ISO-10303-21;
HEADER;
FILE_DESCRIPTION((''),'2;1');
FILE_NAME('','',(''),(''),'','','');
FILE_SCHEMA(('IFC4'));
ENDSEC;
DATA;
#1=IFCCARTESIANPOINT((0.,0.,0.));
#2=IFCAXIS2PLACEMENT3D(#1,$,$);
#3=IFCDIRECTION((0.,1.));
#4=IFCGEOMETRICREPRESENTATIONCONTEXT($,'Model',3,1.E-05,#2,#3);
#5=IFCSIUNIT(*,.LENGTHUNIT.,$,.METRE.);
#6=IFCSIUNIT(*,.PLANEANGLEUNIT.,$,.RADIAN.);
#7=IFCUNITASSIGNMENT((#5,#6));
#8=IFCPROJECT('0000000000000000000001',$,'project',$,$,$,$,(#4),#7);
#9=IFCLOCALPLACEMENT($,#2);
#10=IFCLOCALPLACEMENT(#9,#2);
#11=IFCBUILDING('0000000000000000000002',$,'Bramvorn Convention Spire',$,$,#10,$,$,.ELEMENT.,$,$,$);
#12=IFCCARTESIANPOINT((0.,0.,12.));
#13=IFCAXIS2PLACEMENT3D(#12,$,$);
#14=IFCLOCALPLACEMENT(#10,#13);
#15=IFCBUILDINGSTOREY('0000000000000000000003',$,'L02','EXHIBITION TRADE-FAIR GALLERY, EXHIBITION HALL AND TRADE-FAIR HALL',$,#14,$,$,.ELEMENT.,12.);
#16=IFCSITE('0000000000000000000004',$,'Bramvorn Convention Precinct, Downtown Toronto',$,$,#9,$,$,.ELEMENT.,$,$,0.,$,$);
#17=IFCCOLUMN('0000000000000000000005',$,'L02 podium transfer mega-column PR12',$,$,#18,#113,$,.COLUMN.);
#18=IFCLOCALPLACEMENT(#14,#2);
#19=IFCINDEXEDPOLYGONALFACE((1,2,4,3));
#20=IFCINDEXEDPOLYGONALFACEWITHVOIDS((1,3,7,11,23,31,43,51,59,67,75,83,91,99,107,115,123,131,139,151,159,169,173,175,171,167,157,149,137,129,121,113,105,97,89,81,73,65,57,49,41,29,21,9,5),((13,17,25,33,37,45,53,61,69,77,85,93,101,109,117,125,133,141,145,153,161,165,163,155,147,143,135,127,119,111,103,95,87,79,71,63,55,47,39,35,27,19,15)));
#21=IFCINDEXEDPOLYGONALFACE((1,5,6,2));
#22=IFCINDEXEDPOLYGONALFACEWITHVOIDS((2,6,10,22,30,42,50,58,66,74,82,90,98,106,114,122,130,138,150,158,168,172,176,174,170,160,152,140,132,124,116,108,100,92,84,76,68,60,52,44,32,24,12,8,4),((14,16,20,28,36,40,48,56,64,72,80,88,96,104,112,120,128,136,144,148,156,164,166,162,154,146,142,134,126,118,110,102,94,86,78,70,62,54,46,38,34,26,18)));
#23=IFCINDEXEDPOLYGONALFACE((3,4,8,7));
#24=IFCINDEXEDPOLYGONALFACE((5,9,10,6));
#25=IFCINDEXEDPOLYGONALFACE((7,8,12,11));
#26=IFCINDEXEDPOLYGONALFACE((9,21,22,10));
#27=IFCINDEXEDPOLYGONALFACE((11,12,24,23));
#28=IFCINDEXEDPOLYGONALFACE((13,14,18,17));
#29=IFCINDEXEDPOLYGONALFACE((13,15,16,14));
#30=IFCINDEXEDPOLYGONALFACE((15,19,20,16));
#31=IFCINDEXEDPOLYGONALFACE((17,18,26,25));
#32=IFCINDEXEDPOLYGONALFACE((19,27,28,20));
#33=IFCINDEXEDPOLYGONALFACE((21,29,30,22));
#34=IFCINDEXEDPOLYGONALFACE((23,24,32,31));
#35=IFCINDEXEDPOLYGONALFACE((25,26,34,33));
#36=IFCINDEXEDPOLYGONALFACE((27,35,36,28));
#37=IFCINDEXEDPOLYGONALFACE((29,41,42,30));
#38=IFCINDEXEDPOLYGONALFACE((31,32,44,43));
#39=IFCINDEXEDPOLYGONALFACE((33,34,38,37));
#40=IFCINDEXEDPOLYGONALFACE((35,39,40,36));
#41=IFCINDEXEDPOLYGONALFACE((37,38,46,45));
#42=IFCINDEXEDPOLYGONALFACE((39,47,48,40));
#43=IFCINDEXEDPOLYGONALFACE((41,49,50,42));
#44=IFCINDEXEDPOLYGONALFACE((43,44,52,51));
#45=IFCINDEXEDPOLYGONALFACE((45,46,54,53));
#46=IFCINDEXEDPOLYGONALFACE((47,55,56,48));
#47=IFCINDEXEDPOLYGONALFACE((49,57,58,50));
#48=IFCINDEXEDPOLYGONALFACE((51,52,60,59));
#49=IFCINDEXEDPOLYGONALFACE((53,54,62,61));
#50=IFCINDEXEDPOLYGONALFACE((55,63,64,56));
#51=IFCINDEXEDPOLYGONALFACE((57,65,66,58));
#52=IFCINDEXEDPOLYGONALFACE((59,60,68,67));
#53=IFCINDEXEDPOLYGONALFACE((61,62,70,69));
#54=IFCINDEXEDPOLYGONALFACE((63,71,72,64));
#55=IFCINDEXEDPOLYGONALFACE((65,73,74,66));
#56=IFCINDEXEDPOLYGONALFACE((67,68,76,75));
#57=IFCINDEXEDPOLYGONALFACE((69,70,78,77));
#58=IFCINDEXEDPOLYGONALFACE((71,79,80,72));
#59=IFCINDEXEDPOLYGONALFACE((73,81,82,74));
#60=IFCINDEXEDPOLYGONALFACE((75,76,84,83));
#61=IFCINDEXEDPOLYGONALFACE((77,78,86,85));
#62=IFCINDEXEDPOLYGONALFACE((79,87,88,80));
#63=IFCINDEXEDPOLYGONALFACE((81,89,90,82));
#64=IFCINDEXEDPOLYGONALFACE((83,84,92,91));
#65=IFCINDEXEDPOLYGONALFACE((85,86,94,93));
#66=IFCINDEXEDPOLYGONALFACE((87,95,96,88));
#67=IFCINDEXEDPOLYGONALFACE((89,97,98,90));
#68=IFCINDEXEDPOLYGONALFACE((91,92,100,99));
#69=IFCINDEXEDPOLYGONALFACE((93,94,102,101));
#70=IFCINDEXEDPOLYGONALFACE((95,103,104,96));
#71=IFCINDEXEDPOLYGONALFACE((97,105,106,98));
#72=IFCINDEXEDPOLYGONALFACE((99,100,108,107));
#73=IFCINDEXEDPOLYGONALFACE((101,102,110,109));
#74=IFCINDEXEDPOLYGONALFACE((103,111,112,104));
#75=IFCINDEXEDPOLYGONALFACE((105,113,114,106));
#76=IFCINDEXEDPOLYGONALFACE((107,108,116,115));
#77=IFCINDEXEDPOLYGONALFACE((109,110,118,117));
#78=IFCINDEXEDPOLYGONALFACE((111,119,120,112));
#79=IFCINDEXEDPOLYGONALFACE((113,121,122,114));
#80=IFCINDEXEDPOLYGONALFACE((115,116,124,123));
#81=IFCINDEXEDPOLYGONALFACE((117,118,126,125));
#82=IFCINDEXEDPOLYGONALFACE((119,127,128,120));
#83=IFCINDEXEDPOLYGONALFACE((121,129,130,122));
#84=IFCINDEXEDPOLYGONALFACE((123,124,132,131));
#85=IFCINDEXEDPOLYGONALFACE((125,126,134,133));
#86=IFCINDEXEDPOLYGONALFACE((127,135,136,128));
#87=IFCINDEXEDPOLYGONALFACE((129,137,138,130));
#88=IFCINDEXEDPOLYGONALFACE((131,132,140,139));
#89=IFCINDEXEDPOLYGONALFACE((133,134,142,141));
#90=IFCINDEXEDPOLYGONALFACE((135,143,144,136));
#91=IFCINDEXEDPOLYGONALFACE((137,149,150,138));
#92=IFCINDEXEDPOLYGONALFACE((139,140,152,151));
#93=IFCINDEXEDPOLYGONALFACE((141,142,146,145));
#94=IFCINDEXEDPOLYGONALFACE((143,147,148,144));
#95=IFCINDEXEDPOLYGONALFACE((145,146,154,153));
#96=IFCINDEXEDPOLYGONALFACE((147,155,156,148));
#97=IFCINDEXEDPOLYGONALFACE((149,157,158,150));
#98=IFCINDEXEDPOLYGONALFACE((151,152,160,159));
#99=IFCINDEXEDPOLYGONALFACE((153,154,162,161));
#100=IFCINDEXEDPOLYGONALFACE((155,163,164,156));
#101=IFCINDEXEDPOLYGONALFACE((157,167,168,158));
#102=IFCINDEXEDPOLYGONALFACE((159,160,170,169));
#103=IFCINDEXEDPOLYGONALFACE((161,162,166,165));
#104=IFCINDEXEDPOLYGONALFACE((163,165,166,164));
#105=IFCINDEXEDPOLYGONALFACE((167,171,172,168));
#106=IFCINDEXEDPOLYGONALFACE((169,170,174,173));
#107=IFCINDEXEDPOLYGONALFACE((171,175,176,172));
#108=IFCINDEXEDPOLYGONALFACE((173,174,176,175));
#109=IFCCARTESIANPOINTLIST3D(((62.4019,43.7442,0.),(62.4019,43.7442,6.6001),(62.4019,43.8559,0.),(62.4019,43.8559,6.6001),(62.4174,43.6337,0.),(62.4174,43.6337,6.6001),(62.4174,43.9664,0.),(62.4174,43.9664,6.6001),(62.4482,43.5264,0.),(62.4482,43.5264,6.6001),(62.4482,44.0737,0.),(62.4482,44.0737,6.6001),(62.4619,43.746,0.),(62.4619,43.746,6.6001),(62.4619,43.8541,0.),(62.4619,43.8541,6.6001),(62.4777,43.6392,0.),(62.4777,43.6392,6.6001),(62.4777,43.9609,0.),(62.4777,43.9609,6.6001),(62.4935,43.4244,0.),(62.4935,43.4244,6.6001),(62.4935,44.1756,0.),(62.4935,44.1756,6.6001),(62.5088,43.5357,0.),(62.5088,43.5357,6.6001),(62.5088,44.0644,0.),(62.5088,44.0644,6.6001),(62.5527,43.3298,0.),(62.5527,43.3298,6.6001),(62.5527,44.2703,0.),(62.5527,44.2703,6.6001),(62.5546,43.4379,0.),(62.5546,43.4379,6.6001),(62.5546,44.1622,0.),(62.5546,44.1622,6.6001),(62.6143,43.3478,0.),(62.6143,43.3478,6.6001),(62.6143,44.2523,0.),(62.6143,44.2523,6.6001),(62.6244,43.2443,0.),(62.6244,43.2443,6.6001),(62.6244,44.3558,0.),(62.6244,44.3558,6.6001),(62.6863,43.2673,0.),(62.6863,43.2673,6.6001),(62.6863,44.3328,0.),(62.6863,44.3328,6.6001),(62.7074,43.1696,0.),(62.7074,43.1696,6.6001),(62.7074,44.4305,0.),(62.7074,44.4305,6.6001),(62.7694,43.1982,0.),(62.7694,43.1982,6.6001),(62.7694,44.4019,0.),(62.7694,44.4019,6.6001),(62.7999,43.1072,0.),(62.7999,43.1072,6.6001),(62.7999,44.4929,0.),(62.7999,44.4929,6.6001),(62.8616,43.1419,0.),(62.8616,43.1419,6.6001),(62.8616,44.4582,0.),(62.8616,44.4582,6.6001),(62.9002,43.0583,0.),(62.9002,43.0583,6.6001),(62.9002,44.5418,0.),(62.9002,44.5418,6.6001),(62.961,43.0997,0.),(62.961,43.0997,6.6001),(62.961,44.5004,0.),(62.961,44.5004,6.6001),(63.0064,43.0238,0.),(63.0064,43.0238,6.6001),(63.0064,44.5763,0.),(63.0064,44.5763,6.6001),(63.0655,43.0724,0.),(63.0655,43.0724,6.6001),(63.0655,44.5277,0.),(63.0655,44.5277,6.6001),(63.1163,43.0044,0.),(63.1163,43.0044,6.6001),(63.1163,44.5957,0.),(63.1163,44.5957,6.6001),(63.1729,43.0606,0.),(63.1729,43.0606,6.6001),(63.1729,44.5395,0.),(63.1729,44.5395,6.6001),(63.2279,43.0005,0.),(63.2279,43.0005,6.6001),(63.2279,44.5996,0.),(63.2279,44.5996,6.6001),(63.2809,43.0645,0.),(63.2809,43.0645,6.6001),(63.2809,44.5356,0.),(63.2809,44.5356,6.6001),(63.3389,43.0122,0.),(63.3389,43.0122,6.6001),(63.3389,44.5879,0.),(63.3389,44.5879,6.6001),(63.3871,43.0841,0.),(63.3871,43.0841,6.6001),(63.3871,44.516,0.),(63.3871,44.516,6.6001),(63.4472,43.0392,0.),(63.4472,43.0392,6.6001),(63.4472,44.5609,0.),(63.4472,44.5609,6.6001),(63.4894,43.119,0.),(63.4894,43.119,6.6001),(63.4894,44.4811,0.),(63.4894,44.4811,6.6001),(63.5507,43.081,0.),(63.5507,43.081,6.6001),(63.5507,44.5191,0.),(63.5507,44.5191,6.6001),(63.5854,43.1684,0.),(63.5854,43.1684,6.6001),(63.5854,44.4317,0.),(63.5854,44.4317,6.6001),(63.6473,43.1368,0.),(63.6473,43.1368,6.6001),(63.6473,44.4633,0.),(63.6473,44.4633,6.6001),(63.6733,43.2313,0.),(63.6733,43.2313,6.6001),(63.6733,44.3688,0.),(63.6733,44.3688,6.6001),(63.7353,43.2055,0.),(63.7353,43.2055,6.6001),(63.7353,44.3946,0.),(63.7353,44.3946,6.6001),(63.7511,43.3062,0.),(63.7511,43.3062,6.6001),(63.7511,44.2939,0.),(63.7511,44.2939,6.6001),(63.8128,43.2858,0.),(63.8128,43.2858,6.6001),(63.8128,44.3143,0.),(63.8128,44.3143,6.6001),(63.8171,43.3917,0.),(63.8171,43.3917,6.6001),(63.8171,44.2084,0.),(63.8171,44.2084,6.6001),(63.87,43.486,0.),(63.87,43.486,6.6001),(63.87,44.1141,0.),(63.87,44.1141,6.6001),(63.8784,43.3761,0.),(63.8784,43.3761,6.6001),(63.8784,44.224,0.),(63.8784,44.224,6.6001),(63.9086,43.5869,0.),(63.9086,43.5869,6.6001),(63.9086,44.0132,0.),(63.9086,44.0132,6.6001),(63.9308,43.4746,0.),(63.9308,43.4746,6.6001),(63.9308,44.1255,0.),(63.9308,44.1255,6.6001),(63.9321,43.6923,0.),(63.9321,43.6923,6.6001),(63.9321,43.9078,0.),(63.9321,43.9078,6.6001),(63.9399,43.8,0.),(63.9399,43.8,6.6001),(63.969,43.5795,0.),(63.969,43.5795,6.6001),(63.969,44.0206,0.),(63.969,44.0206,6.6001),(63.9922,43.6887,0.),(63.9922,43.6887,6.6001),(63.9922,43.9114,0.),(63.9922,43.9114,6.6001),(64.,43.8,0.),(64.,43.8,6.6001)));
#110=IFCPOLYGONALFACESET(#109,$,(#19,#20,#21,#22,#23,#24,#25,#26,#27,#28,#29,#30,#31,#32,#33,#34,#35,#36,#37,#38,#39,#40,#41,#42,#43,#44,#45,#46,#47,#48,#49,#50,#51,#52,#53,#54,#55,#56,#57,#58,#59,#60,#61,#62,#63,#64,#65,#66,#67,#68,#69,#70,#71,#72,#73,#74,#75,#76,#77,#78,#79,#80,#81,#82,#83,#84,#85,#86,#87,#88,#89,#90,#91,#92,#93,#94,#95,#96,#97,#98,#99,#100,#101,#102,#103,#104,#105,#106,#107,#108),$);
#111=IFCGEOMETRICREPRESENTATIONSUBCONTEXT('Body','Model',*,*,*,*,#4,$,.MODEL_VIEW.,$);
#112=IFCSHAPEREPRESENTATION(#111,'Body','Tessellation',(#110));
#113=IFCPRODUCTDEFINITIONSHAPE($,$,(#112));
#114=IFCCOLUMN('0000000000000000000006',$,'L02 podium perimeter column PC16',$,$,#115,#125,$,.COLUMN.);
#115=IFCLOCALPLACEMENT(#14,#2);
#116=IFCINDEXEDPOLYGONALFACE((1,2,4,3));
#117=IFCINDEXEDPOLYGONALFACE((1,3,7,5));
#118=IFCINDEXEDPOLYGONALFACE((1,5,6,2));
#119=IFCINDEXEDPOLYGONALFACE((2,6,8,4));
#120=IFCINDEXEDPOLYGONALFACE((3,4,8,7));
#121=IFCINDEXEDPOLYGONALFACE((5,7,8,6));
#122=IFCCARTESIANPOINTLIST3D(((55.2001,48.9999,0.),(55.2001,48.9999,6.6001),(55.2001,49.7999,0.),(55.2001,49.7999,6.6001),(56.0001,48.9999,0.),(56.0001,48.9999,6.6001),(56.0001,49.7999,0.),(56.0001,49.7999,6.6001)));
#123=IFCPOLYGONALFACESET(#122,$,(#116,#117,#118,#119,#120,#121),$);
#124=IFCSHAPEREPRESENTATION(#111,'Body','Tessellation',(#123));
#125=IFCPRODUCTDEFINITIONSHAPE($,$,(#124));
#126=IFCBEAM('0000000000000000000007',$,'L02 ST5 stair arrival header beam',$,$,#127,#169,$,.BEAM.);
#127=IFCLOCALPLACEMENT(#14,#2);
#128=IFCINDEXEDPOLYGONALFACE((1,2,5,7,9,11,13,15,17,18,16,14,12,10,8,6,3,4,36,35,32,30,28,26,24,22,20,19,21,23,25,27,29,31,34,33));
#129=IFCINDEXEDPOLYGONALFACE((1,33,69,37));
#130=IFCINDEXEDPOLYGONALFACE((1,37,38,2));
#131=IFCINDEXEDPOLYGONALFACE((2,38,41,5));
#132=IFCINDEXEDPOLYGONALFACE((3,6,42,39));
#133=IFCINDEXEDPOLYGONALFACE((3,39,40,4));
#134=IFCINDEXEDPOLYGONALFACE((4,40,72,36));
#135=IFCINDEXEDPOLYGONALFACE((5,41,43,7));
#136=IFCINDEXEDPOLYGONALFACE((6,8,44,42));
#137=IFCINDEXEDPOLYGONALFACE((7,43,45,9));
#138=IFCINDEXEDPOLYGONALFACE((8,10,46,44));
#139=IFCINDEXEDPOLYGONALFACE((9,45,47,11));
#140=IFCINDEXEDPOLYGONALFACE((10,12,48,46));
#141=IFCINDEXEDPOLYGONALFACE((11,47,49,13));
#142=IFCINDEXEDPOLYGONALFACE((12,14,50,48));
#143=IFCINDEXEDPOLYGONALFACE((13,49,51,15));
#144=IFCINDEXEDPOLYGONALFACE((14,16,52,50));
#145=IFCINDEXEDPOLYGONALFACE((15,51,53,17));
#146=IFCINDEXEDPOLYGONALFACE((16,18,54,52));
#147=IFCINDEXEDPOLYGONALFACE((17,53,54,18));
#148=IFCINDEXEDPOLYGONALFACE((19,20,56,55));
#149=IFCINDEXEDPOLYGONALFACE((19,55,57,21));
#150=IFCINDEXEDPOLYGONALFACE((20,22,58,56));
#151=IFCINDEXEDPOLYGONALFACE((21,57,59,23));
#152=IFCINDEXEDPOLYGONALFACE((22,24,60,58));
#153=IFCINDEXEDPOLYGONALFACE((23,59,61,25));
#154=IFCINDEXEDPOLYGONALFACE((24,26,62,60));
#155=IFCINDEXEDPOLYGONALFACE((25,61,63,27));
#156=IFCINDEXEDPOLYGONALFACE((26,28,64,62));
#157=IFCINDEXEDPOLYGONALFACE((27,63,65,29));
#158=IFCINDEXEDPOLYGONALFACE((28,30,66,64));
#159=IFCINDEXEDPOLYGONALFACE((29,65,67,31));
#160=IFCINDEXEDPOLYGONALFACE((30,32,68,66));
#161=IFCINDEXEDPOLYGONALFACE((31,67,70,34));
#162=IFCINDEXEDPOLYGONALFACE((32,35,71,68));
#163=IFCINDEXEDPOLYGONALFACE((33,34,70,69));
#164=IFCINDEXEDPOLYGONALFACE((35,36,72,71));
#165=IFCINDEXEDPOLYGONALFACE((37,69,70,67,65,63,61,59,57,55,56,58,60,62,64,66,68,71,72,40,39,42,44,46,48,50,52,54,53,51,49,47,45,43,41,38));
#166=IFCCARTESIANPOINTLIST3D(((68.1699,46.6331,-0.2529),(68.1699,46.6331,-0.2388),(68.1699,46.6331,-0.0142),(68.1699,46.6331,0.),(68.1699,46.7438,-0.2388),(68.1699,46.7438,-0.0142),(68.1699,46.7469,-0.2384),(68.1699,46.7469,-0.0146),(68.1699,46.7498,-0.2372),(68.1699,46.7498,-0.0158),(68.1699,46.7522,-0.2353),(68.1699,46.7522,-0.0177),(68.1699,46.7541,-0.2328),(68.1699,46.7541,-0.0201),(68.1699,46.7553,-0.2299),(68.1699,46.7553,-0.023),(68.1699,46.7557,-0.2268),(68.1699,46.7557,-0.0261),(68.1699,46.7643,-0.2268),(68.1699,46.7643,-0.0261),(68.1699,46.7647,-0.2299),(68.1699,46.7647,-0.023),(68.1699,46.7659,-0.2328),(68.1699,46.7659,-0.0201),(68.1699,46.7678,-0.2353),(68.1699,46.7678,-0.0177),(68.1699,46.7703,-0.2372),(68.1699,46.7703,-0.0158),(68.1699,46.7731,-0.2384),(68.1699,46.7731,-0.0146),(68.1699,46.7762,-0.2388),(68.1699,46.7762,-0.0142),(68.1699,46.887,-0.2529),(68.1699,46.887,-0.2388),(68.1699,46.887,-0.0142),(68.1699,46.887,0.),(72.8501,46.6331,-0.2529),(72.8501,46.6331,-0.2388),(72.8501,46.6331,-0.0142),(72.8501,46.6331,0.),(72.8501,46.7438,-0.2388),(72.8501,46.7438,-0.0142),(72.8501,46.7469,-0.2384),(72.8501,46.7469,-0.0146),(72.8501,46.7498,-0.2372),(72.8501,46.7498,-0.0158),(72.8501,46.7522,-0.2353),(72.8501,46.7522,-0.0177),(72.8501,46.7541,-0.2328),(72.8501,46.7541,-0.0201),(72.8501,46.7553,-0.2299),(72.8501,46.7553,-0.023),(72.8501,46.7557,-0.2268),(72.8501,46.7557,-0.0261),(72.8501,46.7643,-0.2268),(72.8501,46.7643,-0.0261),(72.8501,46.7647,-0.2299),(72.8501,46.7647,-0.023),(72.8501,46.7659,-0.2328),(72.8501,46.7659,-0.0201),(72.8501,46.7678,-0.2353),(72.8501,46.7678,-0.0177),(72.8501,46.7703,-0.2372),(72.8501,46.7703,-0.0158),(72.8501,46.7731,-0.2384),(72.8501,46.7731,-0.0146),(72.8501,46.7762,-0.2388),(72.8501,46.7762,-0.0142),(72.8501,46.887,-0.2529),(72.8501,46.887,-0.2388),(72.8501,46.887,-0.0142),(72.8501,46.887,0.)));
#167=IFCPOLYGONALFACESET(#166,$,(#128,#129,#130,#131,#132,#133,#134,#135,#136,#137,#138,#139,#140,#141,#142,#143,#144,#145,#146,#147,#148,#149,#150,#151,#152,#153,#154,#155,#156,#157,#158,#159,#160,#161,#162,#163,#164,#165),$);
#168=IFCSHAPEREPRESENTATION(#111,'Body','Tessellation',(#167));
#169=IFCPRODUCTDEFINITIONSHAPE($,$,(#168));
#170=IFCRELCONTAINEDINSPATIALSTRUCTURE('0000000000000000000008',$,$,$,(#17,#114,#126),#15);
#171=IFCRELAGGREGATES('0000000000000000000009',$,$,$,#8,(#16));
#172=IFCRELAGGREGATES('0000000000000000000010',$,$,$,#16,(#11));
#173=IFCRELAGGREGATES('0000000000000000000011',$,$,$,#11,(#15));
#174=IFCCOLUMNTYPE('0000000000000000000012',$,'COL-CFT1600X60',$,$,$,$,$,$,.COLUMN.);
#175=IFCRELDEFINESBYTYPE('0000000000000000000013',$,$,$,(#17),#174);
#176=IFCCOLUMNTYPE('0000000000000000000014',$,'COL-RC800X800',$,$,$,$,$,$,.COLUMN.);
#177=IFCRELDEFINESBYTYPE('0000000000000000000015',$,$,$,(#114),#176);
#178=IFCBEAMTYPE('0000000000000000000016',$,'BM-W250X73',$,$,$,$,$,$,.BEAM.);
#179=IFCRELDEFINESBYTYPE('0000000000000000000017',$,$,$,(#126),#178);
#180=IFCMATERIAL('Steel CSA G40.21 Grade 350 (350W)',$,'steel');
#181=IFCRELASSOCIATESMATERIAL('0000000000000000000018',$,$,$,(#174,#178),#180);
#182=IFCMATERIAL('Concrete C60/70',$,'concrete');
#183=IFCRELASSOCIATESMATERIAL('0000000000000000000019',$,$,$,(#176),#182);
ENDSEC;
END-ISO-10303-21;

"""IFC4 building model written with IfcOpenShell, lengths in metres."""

from ifc_helpers import new_model, si_unit, direction, frame, origin, origin_2d, place, context, subcontext, project, spatial, rectangle, hollow_circle, i_section, extrude, material, material_profile, profile_set, type_object, element, save


model = new_model("IFC4")

# Units and contexts
model_context = context("Model", 3, precision=1e-05, world=origin(), true_north=direction((0.0, 1.0)))
body_context = subcontext(model_context, "Body", "Model", "MODEL_VIEW")
ifc_project = project(units=[si_unit("LENGTHUNIT", "METRE"), si_unit("PLANEANGLEUNIT", "RADIAN")], contexts=[model_context])

# Site, building, storey
site_placement = place(None, origin())
site = spatial("IfcSite", under=ifc_project, at=site_placement, Name="Bramvorn Convention Precinct, Downtown Toronto", CompositionType="ELEMENT", RefElevation=0.0)
building_placement = place(site_placement, origin())
building = spatial("IfcBuilding", under=site, at=building_placement, Name="Bramvorn Convention Spire", CompositionType="ELEMENT")
storey_placement = place(building_placement, frame((0.0, 0.0, 12.0)))
storey = spatial("IfcBuildingStorey", under=building, at=storey_placement, Name="L02", Description="EXHIBITION TRADE-FAIR GALLERY, EXHIBITION HALL AND TRADE-FAIR HALL", CompositionType="ELEMENT", Elevation=12.0)

# Columns
ifc_material_1 = material(Name="Steel CSA G40.21 Grade 350 (350W)", Category="steel")
ifc_material_profile_1 = material_profile(ifc_material_1, hollow_circle(Radius=0.8, WallThickness=0.0601, at=origin_2d()))
ifc_profile_set_1 = profile_set([ifc_material_profile_1], Name="Steel CSA G40.21 Grade 350 (350W) - CFT1600X60")
column_type_1 = type_object("IfcColumnType", Name="COL-CFT1600X60", PredefinedType="COLUMN", material=ifc_profile_set_1)
for number, where, z_axis, x_axis, name in (
    (1, (63.2, 43.8, 0.0), (0.0, 0.0, 1.0), (1.0, 0.0, 0.0), "L02 podium transfer mega-column PR12"),
):
    element("IfcColumn", number, at=place(storey_placement, frame(where, z_axis=z_axis, x_axis=x_axis)), inside=storey, type_object=column_type_1, Name=name, PredefinedType="COLUMN", context=body_context, shape_type="SweptSolid", body=[
        extrude(hollow_circle(Radius=0.8, WallThickness=0.0601, at=origin_2d()), origin(), (0.0, 0.0, 1.0), 6.6001),
    ])
ifc_material_2 = material(Name="Concrete C60/70", Category="concrete")
ifc_material_profile_2 = material_profile(ifc_material_2, rectangle(XDim=0.8, YDim=0.8, at=origin_2d()))
ifc_profile_set_2 = profile_set([ifc_material_profile_2], Name="Concrete C60/70 - RC800X800")
column_type_2 = type_object("IfcColumnType", Name="COL-RC800X800", PredefinedType="COLUMN", material=ifc_profile_set_2)
column_placement = place(storey_placement, frame((55.6001, 49.3999, 0.0), z_axis=(0.0, 0.0, 1.0), x_axis=(1.0, 0.0, 0.0)))
element("IfcColumn", 2, at=column_placement, inside=storey, type_object=column_type_2, Name="L02 podium perimeter column PC16", PredefinedType="COLUMN", context=body_context, shape_type="SweptSolid", body=[
    extrude(rectangle(XDim=0.8, YDim=0.8, at=origin_2d()), origin(), (0.0, 0.0, 1.0), 6.6001),
])

# Beam
ifc_material_profile_3 = material_profile(ifc_material_1, i_section(OverallWidth=0.2539, OverallDepth=0.2529, WebThickness=0.0085, FlangeThickness=0.0142, FilletRadius=0.012, at=origin_2d()))
ifc_profile_set_3 = profile_set([ifc_material_profile_3], Name="Steel CSA G40.21 Grade 350 (350W) - W250X73")
beam_type_1 = type_object("IfcBeamType", Name="BM-W250X73", PredefinedType="BEAM", material=ifc_profile_set_3)
beam_1_placement = place(storey_placement, frame((68.1699, 46.76, -0.1265), z_axis=(1.0, 0.0, 0.0), x_axis=(0.0, 1.0, 0.0)))
element("IfcBeam", 3, at=beam_1_placement, inside=storey, type_object=beam_type_1, Name="L02 ST5 stair arrival header beam", PredefinedType="BEAM", context=body_context, shape_type="SweptSolid", body=[
    extrude(i_section(OverallWidth=0.2539, OverallDepth=0.2529, WebThickness=0.0085, FlangeThickness=0.0142, FilletRadius=0.012, at=origin_2d()), origin(), (0.0, 0.0, 1.0), 4.6802),
])

save(model, "model.ifc")
